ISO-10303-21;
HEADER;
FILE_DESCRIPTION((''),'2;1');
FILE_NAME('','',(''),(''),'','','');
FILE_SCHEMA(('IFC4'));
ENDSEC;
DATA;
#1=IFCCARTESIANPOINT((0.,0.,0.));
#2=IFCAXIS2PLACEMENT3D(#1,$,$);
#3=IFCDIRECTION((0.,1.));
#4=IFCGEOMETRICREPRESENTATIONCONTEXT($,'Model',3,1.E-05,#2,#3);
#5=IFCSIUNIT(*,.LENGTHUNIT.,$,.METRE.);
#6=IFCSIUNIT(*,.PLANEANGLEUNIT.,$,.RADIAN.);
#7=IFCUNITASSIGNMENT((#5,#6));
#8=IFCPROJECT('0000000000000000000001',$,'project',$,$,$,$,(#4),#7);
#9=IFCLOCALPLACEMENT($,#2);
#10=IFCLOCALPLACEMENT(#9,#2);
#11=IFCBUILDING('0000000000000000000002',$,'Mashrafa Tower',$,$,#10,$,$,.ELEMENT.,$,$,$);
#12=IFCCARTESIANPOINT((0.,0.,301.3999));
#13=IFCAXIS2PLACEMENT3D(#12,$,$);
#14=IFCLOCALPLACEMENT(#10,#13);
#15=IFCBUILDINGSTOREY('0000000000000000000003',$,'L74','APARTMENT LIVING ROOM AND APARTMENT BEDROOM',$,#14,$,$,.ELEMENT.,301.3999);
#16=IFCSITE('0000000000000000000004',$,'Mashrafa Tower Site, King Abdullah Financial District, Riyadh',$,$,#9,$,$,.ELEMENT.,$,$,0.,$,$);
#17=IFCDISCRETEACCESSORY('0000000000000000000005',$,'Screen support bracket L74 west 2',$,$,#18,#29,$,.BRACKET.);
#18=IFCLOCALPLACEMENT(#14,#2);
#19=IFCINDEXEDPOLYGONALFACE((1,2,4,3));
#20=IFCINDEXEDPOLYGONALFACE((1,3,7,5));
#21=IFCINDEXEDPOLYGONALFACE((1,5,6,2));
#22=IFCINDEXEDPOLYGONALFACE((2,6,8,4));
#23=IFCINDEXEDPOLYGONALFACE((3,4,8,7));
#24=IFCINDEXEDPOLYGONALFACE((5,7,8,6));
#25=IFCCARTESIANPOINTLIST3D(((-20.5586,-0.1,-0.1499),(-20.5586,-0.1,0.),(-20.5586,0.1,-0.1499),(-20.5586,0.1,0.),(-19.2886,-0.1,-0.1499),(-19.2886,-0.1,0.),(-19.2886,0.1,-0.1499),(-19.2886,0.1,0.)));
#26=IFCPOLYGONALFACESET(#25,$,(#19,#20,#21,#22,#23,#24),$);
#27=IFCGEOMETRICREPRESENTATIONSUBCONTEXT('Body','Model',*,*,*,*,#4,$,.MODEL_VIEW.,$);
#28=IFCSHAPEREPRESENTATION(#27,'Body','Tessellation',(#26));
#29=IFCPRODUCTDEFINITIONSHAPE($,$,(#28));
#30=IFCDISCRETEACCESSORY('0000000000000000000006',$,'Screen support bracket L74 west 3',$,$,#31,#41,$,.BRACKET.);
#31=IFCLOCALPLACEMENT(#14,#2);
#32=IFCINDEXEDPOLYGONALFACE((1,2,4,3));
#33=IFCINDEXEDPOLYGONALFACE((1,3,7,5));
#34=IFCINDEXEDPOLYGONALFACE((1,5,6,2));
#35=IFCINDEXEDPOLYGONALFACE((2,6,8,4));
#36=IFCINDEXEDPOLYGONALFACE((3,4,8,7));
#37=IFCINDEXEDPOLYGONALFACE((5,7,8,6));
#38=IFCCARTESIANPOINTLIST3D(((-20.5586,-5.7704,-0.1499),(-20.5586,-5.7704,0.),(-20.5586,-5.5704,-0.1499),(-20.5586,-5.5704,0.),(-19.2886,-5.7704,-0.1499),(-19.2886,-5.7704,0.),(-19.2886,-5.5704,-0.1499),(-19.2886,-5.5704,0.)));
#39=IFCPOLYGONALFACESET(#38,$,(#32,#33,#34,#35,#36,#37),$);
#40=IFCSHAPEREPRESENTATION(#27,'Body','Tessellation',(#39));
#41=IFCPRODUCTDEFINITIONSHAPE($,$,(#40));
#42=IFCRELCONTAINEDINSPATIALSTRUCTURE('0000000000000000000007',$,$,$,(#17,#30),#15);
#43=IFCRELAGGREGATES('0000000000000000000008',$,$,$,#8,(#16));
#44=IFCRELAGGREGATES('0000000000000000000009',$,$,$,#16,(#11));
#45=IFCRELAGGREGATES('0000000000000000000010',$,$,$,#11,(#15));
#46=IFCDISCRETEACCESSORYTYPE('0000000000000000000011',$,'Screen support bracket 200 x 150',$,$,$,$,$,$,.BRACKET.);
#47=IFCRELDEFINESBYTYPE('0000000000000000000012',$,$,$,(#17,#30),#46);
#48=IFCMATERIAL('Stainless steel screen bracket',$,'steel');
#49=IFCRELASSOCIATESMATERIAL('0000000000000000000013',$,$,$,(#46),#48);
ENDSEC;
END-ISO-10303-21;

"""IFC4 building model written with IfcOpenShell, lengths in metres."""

from ifc_helpers import new_model, si_unit, direction, frame, origin, origin_2d, place, context, subcontext, project, spatial, rectangle, extrude, source, transform, mapped, material, type_object, type_shapes, element, save


model = new_model("IFC4")

# Units and contexts
model_context = context("Model", 3, precision=1e-05, world=origin(), true_north=direction((0.0, 1.0)))
body_context = subcontext(model_context, "Body", "Model", "MODEL_VIEW")
ifc_project = project(units=[si_unit("LENGTHUNIT", "METRE"), si_unit("PLANEANGLEUNIT", "RADIAN")], contexts=[model_context])

# Site, building, storey
site_placement = place(None, origin())
site = spatial("IfcSite", under=ifc_project, at=site_placement, Name="Mashrafa Tower Site, King Abdullah Financial District, Riyadh", CompositionType="ELEMENT", RefElevation=0.0)
building_placement = place(site_placement, origin())
building = spatial("IfcBuilding", under=site, at=building_placement, Name="Mashrafa Tower", CompositionType="ELEMENT")
storey_placement = place(building_placement, frame((0.0, 0.0, 301.3999)))
storey = spatial("IfcBuildingStorey", under=building, at=storey_placement, Name="L74", Description="APARTMENT LIVING ROOM AND APARTMENT BEDROOM", CompositionType="ELEMENT", Elevation=301.3999)

# Discrete accessories
ifc_material_1 = material(Name="Stainless steel screen bracket", Category="steel")
discrete_accessory_type = type_object("IfcDiscreteAccessoryType", Name="Screen support bracket 200 x 150", PredefinedType="BRACKET", material=ifc_material_1)
shared_shape_1 = source(origin(), body_context, "Body", "SweptSolid", [
    extrude(rectangle(XDim=0.2, YDim=1.27, at=origin_2d()), origin(), (0.0, 0.0, 1.0), 0.1499),
])
type_shapes(discrete_accessory_type, [shared_shape_1])
for number, where, z_axis, x_axis, name in (
    (1, (-19.9236, 0.0, -0.1499), (0.0, 0.0, 1.0), (0.0, -1.0, 0.0), "Screen support bracket L74 west 2"),
    (2, (-19.9236, -5.6704, -0.1499), (0.0, 0.0, 1.0), (0.0, -1.0, 0.0), "Screen support bracket L74 west 3"),
):
    element("IfcDiscreteAccessory", number, at=place(storey_placement, frame(where, z_axis=z_axis, x_axis=x_axis)), inside=storey, type_object=discrete_accessory_type, Name=name, PredefinedType="BRACKET", context=body_context, shape_type="MappedRepresentation", body=[
        mapped(shared_shape_1, transform((0.0, 0.0, 0.0))),
    ])

save(model, "model.ifc")
